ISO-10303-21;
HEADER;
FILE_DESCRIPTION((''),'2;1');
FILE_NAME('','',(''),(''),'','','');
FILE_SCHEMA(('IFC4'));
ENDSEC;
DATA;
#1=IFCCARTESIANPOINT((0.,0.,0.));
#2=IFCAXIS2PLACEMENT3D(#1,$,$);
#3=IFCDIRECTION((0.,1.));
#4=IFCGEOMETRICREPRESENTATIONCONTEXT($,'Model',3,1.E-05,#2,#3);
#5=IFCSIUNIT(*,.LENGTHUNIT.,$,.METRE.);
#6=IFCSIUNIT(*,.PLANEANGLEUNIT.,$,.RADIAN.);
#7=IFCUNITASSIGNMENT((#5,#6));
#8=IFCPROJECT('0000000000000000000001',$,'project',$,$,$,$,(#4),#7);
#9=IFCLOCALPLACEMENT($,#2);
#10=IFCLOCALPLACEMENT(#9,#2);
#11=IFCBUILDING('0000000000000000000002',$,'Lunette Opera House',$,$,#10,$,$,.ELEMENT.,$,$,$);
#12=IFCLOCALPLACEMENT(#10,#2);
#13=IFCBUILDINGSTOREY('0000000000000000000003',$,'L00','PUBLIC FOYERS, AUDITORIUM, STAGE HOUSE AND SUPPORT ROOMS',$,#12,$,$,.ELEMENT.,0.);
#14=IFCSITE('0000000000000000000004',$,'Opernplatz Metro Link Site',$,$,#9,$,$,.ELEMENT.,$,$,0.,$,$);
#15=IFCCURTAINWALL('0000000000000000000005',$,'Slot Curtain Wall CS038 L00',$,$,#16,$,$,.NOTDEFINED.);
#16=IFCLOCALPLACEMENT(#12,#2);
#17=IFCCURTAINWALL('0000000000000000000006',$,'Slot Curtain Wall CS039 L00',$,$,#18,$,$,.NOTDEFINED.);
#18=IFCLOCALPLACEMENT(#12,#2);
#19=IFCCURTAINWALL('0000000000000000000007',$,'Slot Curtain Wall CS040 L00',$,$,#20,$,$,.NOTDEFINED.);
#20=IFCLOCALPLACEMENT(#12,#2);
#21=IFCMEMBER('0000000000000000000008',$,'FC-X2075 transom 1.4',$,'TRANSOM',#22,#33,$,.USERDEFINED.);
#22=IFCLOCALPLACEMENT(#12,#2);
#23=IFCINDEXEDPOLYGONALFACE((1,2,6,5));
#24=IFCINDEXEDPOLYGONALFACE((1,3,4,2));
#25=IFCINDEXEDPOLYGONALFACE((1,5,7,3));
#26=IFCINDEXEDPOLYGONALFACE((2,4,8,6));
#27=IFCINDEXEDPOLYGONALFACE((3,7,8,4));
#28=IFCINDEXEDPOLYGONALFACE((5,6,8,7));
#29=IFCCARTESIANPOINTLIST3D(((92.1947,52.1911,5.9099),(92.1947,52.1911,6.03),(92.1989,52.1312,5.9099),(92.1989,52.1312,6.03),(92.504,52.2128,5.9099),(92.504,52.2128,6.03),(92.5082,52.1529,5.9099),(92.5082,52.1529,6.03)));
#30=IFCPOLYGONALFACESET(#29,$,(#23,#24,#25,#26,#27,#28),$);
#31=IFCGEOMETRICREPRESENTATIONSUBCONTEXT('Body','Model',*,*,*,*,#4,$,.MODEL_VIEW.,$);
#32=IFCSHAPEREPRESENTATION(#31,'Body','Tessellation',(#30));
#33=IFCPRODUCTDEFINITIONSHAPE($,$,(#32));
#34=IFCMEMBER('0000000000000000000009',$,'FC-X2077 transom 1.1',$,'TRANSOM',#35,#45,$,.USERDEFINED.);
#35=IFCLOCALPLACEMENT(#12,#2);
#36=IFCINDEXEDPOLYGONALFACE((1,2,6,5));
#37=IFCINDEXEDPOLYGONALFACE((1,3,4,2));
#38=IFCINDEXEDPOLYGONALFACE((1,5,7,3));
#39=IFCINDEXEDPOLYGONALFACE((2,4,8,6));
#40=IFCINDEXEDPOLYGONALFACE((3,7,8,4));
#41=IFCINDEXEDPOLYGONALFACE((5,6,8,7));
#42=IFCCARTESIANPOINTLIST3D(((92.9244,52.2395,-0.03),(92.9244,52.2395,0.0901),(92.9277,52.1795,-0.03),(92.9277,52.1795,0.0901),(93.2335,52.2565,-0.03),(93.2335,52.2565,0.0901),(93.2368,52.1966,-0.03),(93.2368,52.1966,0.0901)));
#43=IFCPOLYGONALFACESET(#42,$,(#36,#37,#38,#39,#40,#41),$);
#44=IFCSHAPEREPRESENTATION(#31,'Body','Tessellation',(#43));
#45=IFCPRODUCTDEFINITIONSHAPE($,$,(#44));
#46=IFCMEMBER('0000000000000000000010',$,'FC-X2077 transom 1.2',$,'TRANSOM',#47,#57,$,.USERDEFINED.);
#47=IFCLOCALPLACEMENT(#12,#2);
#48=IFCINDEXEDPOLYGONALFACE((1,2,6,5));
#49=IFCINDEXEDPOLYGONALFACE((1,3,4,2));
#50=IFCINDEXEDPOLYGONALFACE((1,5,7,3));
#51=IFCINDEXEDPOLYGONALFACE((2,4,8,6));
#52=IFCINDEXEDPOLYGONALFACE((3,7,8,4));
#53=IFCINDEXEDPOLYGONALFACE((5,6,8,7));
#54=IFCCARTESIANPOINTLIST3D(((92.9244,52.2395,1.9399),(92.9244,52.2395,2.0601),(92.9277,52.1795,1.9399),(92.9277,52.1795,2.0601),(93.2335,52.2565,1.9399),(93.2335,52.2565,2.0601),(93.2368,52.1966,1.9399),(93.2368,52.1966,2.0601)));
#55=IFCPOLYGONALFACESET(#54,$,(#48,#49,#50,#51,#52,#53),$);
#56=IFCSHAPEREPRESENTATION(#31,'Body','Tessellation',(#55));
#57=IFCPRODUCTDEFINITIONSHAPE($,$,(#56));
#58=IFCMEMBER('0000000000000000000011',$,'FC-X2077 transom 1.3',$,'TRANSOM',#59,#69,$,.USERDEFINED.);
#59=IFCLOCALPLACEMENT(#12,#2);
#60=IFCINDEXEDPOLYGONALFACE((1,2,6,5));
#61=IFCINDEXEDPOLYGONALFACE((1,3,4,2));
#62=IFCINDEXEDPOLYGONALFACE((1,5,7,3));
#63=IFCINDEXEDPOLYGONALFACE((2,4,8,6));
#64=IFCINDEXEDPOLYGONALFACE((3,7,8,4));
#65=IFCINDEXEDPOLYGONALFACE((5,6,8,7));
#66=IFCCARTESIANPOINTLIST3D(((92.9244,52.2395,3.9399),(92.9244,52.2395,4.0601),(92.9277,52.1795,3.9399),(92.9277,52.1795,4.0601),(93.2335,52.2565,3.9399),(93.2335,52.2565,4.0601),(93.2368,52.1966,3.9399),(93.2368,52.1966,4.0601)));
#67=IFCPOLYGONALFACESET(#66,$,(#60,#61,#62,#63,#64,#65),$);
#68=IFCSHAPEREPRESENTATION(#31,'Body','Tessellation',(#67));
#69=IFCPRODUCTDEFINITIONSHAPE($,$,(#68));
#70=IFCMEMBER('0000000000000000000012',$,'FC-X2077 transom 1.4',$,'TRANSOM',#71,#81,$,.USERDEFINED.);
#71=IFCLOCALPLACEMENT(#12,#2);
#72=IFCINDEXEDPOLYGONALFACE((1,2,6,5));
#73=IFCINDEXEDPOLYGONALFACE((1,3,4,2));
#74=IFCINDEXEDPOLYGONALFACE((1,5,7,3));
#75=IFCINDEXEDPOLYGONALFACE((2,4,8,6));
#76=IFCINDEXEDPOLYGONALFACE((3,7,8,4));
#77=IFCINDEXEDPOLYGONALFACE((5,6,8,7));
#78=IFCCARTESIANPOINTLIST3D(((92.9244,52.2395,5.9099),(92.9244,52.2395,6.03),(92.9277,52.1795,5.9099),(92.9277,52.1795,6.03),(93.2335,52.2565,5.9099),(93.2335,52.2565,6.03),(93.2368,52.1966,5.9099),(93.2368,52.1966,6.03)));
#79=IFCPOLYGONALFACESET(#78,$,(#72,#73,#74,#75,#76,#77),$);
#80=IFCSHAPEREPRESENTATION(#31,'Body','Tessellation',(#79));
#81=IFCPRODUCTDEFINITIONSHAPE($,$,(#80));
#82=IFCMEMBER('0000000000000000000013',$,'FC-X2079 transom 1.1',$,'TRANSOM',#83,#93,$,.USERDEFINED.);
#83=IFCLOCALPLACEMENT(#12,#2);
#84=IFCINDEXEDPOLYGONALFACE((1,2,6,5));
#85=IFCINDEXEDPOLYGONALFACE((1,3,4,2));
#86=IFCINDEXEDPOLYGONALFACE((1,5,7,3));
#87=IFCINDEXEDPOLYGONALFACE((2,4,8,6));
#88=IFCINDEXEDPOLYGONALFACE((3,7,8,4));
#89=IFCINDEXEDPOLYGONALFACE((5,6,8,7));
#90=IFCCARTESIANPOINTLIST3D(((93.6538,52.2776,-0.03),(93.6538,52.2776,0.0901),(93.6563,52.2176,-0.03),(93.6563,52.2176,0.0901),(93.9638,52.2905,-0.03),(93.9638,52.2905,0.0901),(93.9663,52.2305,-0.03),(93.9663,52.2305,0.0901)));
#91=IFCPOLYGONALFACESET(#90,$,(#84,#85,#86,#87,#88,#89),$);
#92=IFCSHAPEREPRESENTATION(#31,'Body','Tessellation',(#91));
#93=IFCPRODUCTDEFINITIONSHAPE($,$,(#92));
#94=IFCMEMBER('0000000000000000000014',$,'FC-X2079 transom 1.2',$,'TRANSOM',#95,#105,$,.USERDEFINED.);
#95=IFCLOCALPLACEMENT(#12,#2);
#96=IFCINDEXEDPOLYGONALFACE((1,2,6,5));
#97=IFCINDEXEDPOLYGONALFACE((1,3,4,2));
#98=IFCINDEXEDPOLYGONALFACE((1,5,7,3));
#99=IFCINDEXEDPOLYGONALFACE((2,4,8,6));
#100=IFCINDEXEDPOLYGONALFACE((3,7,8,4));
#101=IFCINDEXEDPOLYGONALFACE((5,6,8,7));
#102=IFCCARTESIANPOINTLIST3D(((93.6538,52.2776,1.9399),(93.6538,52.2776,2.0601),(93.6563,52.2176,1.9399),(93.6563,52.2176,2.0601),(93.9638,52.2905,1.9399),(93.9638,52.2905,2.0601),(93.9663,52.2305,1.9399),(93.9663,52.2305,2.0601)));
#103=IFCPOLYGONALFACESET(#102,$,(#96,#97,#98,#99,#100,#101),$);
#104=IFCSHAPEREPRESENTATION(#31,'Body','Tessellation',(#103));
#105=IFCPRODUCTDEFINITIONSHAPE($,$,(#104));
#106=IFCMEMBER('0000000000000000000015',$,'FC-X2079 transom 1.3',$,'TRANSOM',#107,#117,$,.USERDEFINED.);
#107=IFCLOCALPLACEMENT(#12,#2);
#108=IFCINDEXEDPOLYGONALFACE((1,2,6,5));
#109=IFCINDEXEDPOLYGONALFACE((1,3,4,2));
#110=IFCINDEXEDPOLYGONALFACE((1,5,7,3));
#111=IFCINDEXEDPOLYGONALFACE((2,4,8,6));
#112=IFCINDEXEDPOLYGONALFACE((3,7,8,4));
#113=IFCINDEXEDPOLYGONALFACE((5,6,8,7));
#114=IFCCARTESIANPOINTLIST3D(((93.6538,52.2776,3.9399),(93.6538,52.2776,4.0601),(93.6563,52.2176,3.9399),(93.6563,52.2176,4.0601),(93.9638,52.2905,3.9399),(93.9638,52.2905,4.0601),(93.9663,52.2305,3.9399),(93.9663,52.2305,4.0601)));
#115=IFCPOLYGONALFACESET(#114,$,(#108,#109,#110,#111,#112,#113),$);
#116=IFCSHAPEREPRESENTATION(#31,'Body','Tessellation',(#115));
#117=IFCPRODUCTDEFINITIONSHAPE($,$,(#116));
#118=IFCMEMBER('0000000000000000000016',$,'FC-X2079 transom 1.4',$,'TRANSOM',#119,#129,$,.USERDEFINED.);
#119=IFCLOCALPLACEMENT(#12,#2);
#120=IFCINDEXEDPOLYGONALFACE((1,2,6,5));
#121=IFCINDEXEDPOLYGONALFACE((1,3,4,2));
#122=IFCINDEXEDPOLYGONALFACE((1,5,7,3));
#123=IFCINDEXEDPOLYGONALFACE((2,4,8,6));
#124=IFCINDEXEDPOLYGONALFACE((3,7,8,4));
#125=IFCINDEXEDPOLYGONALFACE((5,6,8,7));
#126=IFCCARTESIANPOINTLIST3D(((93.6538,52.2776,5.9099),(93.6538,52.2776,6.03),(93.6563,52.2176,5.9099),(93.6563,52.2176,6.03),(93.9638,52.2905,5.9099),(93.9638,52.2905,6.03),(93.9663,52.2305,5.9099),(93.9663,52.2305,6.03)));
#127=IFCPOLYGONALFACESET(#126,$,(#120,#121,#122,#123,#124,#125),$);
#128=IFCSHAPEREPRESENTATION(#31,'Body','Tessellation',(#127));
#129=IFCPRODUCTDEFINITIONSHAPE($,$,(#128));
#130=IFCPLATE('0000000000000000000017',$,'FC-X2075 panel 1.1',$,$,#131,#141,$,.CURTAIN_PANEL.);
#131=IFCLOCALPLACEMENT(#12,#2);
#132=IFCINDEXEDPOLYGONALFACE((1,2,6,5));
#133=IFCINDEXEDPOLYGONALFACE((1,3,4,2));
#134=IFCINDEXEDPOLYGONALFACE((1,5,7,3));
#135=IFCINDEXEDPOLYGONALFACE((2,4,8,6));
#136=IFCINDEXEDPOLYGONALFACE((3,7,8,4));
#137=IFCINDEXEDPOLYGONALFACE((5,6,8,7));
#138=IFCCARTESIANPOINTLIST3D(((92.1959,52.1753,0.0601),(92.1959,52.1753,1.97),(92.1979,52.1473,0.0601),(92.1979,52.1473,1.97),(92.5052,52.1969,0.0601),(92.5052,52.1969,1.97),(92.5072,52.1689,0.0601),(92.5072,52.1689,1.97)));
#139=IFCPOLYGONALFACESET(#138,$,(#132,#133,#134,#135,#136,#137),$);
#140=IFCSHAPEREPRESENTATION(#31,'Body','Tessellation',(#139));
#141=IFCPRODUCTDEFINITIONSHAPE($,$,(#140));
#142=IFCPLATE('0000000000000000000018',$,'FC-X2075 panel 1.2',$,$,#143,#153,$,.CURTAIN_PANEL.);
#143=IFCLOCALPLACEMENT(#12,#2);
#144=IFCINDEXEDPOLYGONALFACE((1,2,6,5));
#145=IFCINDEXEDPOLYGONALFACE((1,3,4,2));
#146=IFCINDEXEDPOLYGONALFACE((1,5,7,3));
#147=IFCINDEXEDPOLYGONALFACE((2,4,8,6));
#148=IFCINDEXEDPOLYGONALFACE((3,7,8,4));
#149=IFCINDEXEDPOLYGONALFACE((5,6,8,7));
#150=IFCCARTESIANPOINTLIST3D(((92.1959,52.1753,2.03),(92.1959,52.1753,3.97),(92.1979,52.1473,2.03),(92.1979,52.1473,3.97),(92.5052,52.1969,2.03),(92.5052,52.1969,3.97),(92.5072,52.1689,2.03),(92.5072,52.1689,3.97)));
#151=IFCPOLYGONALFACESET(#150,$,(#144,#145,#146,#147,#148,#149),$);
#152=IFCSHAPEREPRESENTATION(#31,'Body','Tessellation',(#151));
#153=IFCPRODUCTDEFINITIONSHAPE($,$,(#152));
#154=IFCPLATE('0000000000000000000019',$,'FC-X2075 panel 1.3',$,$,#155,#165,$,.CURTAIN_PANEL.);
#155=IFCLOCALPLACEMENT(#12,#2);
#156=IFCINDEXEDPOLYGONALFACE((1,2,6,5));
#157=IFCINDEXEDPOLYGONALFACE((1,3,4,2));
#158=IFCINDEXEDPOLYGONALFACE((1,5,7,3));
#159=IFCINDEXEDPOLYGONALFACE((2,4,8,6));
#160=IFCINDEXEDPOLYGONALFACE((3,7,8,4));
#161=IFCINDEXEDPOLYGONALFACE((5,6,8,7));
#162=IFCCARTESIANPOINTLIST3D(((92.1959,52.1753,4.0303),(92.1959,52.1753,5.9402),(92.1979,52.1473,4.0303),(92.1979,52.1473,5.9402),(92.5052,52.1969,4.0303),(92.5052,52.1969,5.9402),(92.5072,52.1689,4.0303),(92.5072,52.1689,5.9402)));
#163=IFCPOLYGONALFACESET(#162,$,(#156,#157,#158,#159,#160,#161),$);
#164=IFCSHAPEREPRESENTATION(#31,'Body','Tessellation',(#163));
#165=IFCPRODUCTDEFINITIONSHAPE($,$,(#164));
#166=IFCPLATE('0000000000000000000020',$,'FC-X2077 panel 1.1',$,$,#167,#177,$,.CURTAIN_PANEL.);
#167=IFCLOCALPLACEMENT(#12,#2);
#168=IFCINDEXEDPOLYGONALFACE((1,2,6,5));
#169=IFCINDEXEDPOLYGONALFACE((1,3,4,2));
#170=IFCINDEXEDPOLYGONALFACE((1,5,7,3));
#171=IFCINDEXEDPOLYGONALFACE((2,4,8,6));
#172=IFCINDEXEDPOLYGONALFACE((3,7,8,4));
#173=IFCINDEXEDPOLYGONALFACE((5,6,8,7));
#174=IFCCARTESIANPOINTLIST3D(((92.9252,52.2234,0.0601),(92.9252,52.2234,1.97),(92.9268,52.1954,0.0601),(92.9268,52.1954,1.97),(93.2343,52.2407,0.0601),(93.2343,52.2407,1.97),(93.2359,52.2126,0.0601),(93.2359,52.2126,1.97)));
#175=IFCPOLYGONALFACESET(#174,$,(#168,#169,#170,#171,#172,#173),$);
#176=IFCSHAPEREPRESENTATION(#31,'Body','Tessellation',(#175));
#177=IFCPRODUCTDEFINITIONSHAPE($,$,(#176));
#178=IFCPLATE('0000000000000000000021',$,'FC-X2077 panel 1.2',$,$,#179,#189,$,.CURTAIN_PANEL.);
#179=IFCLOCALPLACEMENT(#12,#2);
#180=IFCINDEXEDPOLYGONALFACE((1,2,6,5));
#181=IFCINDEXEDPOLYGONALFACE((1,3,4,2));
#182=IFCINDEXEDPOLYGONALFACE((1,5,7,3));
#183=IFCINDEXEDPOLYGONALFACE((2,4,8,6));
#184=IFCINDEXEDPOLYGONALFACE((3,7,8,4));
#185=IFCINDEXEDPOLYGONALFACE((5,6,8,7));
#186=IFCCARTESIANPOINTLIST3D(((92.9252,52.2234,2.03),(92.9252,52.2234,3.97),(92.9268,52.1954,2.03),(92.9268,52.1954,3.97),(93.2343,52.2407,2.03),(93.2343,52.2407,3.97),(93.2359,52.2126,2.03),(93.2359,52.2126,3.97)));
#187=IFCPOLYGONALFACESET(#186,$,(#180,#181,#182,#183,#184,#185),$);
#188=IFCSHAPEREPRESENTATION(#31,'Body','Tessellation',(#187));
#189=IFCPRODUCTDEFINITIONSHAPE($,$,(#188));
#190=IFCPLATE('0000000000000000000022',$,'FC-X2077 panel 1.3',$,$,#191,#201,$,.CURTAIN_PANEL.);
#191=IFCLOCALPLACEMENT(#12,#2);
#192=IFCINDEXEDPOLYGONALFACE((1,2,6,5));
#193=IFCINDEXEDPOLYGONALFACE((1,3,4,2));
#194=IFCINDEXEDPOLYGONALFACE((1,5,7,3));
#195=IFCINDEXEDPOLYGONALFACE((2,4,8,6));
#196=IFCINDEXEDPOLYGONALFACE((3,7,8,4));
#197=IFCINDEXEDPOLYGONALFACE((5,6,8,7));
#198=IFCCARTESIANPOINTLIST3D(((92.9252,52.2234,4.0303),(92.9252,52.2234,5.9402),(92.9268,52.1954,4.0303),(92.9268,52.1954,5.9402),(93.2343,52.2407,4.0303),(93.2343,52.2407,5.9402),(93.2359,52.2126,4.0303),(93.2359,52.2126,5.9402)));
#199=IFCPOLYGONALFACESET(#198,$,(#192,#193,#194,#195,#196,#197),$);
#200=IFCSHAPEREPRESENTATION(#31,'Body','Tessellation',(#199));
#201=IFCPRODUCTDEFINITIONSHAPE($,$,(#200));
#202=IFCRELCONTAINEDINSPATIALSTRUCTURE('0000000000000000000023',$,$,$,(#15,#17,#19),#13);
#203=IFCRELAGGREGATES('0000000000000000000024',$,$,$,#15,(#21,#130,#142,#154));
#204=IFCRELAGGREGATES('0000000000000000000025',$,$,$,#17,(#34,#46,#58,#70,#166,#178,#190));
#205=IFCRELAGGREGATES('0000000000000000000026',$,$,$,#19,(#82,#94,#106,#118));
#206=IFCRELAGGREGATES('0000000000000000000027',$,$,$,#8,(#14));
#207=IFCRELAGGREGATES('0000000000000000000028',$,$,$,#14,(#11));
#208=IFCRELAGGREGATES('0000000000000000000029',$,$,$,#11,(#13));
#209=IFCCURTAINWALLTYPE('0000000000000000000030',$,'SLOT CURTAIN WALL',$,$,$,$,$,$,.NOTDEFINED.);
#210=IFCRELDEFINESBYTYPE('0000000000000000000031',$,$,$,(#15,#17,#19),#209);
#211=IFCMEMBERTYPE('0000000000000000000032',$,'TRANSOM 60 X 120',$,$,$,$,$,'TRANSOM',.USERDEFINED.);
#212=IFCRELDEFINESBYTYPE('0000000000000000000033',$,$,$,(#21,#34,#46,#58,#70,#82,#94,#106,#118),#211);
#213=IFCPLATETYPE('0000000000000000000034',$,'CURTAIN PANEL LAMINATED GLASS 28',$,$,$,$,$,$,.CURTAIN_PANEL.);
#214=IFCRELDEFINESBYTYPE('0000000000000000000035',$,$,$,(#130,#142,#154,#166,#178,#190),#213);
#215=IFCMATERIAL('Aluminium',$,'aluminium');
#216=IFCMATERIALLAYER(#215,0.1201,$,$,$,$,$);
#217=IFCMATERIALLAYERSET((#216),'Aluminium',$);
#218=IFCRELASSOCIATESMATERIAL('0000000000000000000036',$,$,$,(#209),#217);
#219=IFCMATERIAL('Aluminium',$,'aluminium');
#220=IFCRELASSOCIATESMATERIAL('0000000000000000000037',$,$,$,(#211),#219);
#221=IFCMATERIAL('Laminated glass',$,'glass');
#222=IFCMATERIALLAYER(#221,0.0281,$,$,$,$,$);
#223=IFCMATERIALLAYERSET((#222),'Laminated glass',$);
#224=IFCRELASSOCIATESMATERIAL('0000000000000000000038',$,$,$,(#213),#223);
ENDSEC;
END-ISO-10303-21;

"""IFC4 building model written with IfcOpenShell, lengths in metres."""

from ifc_helpers import new_model, si_unit, direction, frame, origin, origin_2d, place, context, subcontext, project, spatial, rectangle, extrude, material, layer, layer_set, material_profile, profile_set, type_object, element, aggregate, save


model = new_model("IFC4")

# Units and contexts
model_context = context("Model", 3, precision=1e-05, world=origin(), true_north=direction((0.0, 1.0)))
body_context = subcontext(model_context, "Body", "Model", "MODEL_VIEW")
ifc_project = project(units=[si_unit("LENGTHUNIT", "METRE"), si_unit("PLANEANGLEUNIT", "RADIAN")], contexts=[model_context])

# Site, building, storey
site_placement = place(None, origin())
site = spatial("IfcSite", under=ifc_project, at=site_placement, Name="Opernplatz Metro Link Site", CompositionType="ELEMENT", RefElevation=0.0)
building_placement = place(site_placement, origin())
building = spatial("IfcBuilding", under=site, at=building_placement, Name="Lunette Opera House", CompositionType="ELEMENT")
storey_placement = place(building_placement, origin())
storey = spatial("IfcBuildingStorey", under=building, at=storey_placement, Name="L00", Description="PUBLIC FOYERS, AUDITORIUM, STAGE HOUSE AND SUPPORT ROOMS", CompositionType="ELEMENT", Elevation=0.0)

# Curtain wall
ifc_material_1 = material(Name="Aluminium", Category="aluminium")
ifc_layer_1 = layer(ifc_material_1, 0.1201)
ifc_layer_set_1 = layer_set([ifc_layer_1], Name="Aluminium")
curtain_wall_type = type_object("IfcCurtainWallType", Name="SLOT CURTAIN WALL", PredefinedType="NOTDEFINED", material=ifc_layer_set_1)
curtain_wall_1_placement = place(storey_placement, origin())
curtain_wall_1 = element("IfcCurtainWall", 1, at=curtain_wall_1_placement, inside=storey, type_object=curtain_wall_type, Name="Slot Curtain Wall CS038 L00", PredefinedType="NOTDEFINED")

# Curtain walls
curtain_wall_2_placement = place(storey_placement, origin())
curtain_wall_2 = element("IfcCurtainWall", 2, at=curtain_wall_2_placement, inside=storey, type_object=curtain_wall_type, Name="Slot Curtain Wall CS039 L00", PredefinedType="NOTDEFINED")
curtain_wall_3_placement = place(storey_placement, origin())
curtain_wall_3 = element("IfcCurtainWall", 3, at=curtain_wall_3_placement, inside=storey, type_object=curtain_wall_type, Name="Slot Curtain Wall CS040 L00", PredefinedType="NOTDEFINED")

# Members
ifc_material_2 = material(Name="Aluminium", Category="aluminium")
ifc_material_profile_1 = material_profile(ifc_material_2, rectangle(XDim=0.0601, YDim=0.1201, at=origin_2d()), Name="TRANSOM 60 X 120")
ifc_profile_set_1 = profile_set([ifc_material_profile_1], Name="Aluminium")
member_type_1 = type_object("IfcMemberType", Name="TRANSOM 60 X 120", ElementType="TRANSOM", PredefinedType="USERDEFINED", material=ifc_profile_set_1)
member_1_placement = place(storey_placement, frame((92.1968, 52.1611, 5.97), z_axis=(0.997542, 0.070072, 0.0), x_axis=(-0.070072, 0.997542, 0.0)))
member_1 = element("IfcMember", 4, at=member_1_placement, type_object=member_type_1, Name="FC-X2075 transom 1.4", ObjectType="TRANSOM", PredefinedType="USERDEFINED", context=body_context, shape_type="SweptSolid", body=[
    extrude(rectangle(XDim=0.0601, YDim=0.1201, at=origin_2d()), origin(), (0.0, 0.0, 1.0), 0.3101),
])
member_2_placement = place(storey_placement, frame((92.926, 52.2095, 0.03), z_axis=(0.998475, 0.055208, 0.0), x_axis=(-0.055208, 0.998475, 0.0)))
member_2 = element("IfcMember", 5, at=member_2_placement, type_object=member_type_1, Name="FC-X2077 transom 1.1", ObjectType="TRANSOM", PredefinedType="USERDEFINED", context=body_context, shape_type="SweptSolid", body=[
    extrude(rectangle(XDim=0.0601, YDim=0.1201, at=origin_2d()), origin(), (0.0, 0.0, 1.0), 0.3096),
])
member_3_placement = place(storey_placement, frame((92.926, 52.2095, 2.0), z_axis=(0.998475, 0.055208, 0.0), x_axis=(-0.055208, 0.998475, 0.0)))
member_3 = element("IfcMember", 6, at=member_3_placement, type_object=member_type_1, Name="FC-X2077 transom 1.2", ObjectType="TRANSOM", PredefinedType="USERDEFINED", context=body_context, shape_type="SweptSolid", body=[
    extrude(rectangle(XDim=0.0601, YDim=0.1201, at=origin_2d()), origin(), (0.0, 0.0, 1.0), 0.3096),
])
member_4_placement = place(storey_placement, frame((92.926, 52.2095, 4.0), z_axis=(0.998475, 0.055208, 0.0), x_axis=(-0.055208, 0.998475, 0.0)))
member_4 = element("IfcMember", 7, at=member_4_placement, type_object=member_type_1, Name="FC-X2077 transom 1.3", ObjectType="TRANSOM", PredefinedType="USERDEFINED", context=body_context, shape_type="SweptSolid", body=[
    extrude(rectangle(XDim=0.0601, YDim=0.1201, at=origin_2d()), origin(), (0.0, 0.0, 1.0), 0.3096),
])
member_5_placement = place(storey_placement, frame((92.926, 52.2095, 5.97), z_axis=(0.998475, 0.055208, 0.0), x_axis=(-0.055208, 0.998475, 0.0)))
member_5 = element("IfcMember", 8, at=member_5_placement, type_object=member_type_1, Name="FC-X2077 transom 1.4", ObjectType="TRANSOM", PredefinedType="USERDEFINED", context=body_context, shape_type="SweptSolid", body=[
    extrude(rectangle(XDim=0.0601, YDim=0.1201, at=origin_2d()), origin(), (0.0, 0.0, 1.0), 0.3096),
])
member_6_placement = place(storey_placement, frame((93.655, 52.2476, 0.03), z_axis=(0.99913, 0.041696, 0.0), x_axis=(-0.041696, 0.99913, 0.0)))
member_6 = element("IfcMember", 9, at=member_6_placement, type_object=member_type_1, Name="FC-X2079 transom 1.1", ObjectType="TRANSOM", PredefinedType="USERDEFINED", context=body_context, shape_type="SweptSolid", body=[
    extrude(rectangle(XDim=0.0601, YDim=0.1201, at=origin_2d()), origin(), (0.0, 0.0, 1.0), 0.3103),
])
member_7_placement = place(storey_placement, frame((93.655, 52.2476, 2.0), z_axis=(0.99913, 0.041696, 0.0), x_axis=(-0.041696, 0.99913, 0.0)))
member_7 = element("IfcMember", 10, at=member_7_placement, type_object=member_type_1, Name="FC-X2079 transom 1.2", ObjectType="TRANSOM", PredefinedType="USERDEFINED", context=body_context, shape_type="SweptSolid", body=[
    extrude(rectangle(XDim=0.0601, YDim=0.1201, at=origin_2d()), origin(), (0.0, 0.0, 1.0), 0.3103),
])
member_8_placement = place(storey_placement, frame((93.655, 52.2476, 4.0), z_axis=(0.99913, 0.041696, 0.0), x_axis=(-0.041696, 0.99913, 0.0)))
member_8 = element("IfcMember", 11, at=member_8_placement, type_object=member_type_1, Name="FC-X2079 transom 1.3", ObjectType="TRANSOM", PredefinedType="USERDEFINED", context=body_context, shape_type="SweptSolid", body=[
    extrude(rectangle(XDim=0.0601, YDim=0.1201, at=origin_2d()), origin(), (0.0, 0.0, 1.0), 0.3103),
])
member_9_placement = place(storey_placement, frame((93.655, 52.2476, 5.97), z_axis=(0.99913, 0.041696, 0.0), x_axis=(-0.041696, 0.99913, 0.0)))
member_9 = element("IfcMember", 12, at=member_9_placement, type_object=member_type_1, Name="FC-X2079 transom 1.4", ObjectType="TRANSOM", PredefinedType="USERDEFINED", context=body_context, shape_type="SweptSolid", body=[
    extrude(rectangle(XDim=0.0601, YDim=0.1201, at=origin_2d()), origin(), (0.0, 0.0, 1.0), 0.3103),
])

# Plates
ifc_material_3 = material(Name="Laminated glass", Category="glass")
ifc_layer_2 = layer(ifc_material_3, 0.0281)
ifc_layer_set_2 = layer_set([ifc_layer_2], Name="Laminated glass")
plate_type = type_object("IfcPlateType", Name="CURTAIN PANEL LAMINATED GLASS 28", PredefinedType="CURTAIN_PANEL", material=ifc_layer_set_2)
plate_1_placement = place(storey_placement, frame((92.3516, 52.1721, 0.0601), z_axis=(0.0, 0.0, 1.0), x_axis=(0.997564, 0.06976, 0.0)))
plate_1 = element("IfcPlate", 13, at=plate_1_placement, type_object=plate_type, Name="FC-X2075 panel 1.1", PredefinedType="CURTAIN_PANEL", context=body_context, shape_type="SweptSolid", body=[
    extrude(rectangle(XDim=0.3101, YDim=0.0281, at=origin_2d()), origin(), (0.0, 0.0, 1.0), 1.9099),
])
plate_2_placement = place(storey_placement, frame((92.3516, 52.1721, 2.03), z_axis=(0.0, 0.0, 1.0), x_axis=(0.997564, 0.06976, 0.0)))
plate_2 = element("IfcPlate", 14, at=plate_2_placement, type_object=plate_type, Name="FC-X2075 panel 1.2", PredefinedType="CURTAIN_PANEL", context=body_context, shape_type="SweptSolid", body=[
    extrude(rectangle(XDim=0.3101, YDim=0.0281, at=origin_2d()), origin(), (0.0, 0.0, 1.0), 1.9399),
])
plate_3_placement = place(storey_placement, frame((92.3516, 52.1721, 4.0303), z_axis=(0.0, 0.0, 1.0), x_axis=(0.997564, 0.06976, 0.0)))
plate_3 = element("IfcPlate", 15, at=plate_3_placement, type_object=plate_type, Name="FC-X2075 panel 1.3", PredefinedType="CURTAIN_PANEL", context=body_context, shape_type="SweptSolid", body=[
    extrude(rectangle(XDim=0.3101, YDim=0.0281, at=origin_2d()), origin(), (0.0, 0.0, 1.0), 1.9099),
])
aggregate(curtain_wall_1, [member_1, plate_1, plate_2, plate_3])
plate_4_placement = place(storey_placement, frame((93.0806, 52.218, 0.0601), z_axis=(0.0, 0.0, 1.0), x_axis=(0.998439, 0.055857, 0.0)))
plate_4 = element("IfcPlate", 16, at=plate_4_placement, type_object=plate_type, Name="FC-X2077 panel 1.1", PredefinedType="CURTAIN_PANEL", context=body_context, shape_type="SweptSolid", body=[
    extrude(rectangle(XDim=0.3096, YDim=0.0281, at=origin_2d()), origin(), (0.0, 0.0, 1.0), 1.9099),
])
plate_5_placement = place(storey_placement, frame((93.0806, 52.218, 2.03), z_axis=(0.0, 0.0, 1.0), x_axis=(0.998439, 0.055857, 0.0)))
plate_5 = element("IfcPlate", 17, at=plate_5_placement, type_object=plate_type, Name="FC-X2077 panel 1.2", PredefinedType="CURTAIN_PANEL", context=body_context, shape_type="SweptSolid", body=[
    extrude(rectangle(XDim=0.3096, YDim=0.0281, at=origin_2d()), origin(), (0.0, 0.0, 1.0), 1.9399),
])
plate_6_placement = place(storey_placement, frame((93.0806, 52.218, 4.0303), z_axis=(0.0, 0.0, 1.0), x_axis=(0.998439, 0.055857, 0.0)))
plate_6 = element("IfcPlate", 18, at=plate_6_placement, type_object=plate_type, Name="FC-X2077 panel 1.3", PredefinedType="CURTAIN_PANEL", context=body_context, shape_type="SweptSolid", body=[
    extrude(rectangle(XDim=0.3096, YDim=0.0281, at=origin_2d()), origin(), (0.0, 0.0, 1.0), 1.9099),
])
aggregate(curtain_wall_2, [member_2, member_3, member_4, member_5, plate_4, plate_5, plate_6])
aggregate(curtain_wall_3, [member_6, member_7, member_8, member_9])

save(model, "model.ifc")
